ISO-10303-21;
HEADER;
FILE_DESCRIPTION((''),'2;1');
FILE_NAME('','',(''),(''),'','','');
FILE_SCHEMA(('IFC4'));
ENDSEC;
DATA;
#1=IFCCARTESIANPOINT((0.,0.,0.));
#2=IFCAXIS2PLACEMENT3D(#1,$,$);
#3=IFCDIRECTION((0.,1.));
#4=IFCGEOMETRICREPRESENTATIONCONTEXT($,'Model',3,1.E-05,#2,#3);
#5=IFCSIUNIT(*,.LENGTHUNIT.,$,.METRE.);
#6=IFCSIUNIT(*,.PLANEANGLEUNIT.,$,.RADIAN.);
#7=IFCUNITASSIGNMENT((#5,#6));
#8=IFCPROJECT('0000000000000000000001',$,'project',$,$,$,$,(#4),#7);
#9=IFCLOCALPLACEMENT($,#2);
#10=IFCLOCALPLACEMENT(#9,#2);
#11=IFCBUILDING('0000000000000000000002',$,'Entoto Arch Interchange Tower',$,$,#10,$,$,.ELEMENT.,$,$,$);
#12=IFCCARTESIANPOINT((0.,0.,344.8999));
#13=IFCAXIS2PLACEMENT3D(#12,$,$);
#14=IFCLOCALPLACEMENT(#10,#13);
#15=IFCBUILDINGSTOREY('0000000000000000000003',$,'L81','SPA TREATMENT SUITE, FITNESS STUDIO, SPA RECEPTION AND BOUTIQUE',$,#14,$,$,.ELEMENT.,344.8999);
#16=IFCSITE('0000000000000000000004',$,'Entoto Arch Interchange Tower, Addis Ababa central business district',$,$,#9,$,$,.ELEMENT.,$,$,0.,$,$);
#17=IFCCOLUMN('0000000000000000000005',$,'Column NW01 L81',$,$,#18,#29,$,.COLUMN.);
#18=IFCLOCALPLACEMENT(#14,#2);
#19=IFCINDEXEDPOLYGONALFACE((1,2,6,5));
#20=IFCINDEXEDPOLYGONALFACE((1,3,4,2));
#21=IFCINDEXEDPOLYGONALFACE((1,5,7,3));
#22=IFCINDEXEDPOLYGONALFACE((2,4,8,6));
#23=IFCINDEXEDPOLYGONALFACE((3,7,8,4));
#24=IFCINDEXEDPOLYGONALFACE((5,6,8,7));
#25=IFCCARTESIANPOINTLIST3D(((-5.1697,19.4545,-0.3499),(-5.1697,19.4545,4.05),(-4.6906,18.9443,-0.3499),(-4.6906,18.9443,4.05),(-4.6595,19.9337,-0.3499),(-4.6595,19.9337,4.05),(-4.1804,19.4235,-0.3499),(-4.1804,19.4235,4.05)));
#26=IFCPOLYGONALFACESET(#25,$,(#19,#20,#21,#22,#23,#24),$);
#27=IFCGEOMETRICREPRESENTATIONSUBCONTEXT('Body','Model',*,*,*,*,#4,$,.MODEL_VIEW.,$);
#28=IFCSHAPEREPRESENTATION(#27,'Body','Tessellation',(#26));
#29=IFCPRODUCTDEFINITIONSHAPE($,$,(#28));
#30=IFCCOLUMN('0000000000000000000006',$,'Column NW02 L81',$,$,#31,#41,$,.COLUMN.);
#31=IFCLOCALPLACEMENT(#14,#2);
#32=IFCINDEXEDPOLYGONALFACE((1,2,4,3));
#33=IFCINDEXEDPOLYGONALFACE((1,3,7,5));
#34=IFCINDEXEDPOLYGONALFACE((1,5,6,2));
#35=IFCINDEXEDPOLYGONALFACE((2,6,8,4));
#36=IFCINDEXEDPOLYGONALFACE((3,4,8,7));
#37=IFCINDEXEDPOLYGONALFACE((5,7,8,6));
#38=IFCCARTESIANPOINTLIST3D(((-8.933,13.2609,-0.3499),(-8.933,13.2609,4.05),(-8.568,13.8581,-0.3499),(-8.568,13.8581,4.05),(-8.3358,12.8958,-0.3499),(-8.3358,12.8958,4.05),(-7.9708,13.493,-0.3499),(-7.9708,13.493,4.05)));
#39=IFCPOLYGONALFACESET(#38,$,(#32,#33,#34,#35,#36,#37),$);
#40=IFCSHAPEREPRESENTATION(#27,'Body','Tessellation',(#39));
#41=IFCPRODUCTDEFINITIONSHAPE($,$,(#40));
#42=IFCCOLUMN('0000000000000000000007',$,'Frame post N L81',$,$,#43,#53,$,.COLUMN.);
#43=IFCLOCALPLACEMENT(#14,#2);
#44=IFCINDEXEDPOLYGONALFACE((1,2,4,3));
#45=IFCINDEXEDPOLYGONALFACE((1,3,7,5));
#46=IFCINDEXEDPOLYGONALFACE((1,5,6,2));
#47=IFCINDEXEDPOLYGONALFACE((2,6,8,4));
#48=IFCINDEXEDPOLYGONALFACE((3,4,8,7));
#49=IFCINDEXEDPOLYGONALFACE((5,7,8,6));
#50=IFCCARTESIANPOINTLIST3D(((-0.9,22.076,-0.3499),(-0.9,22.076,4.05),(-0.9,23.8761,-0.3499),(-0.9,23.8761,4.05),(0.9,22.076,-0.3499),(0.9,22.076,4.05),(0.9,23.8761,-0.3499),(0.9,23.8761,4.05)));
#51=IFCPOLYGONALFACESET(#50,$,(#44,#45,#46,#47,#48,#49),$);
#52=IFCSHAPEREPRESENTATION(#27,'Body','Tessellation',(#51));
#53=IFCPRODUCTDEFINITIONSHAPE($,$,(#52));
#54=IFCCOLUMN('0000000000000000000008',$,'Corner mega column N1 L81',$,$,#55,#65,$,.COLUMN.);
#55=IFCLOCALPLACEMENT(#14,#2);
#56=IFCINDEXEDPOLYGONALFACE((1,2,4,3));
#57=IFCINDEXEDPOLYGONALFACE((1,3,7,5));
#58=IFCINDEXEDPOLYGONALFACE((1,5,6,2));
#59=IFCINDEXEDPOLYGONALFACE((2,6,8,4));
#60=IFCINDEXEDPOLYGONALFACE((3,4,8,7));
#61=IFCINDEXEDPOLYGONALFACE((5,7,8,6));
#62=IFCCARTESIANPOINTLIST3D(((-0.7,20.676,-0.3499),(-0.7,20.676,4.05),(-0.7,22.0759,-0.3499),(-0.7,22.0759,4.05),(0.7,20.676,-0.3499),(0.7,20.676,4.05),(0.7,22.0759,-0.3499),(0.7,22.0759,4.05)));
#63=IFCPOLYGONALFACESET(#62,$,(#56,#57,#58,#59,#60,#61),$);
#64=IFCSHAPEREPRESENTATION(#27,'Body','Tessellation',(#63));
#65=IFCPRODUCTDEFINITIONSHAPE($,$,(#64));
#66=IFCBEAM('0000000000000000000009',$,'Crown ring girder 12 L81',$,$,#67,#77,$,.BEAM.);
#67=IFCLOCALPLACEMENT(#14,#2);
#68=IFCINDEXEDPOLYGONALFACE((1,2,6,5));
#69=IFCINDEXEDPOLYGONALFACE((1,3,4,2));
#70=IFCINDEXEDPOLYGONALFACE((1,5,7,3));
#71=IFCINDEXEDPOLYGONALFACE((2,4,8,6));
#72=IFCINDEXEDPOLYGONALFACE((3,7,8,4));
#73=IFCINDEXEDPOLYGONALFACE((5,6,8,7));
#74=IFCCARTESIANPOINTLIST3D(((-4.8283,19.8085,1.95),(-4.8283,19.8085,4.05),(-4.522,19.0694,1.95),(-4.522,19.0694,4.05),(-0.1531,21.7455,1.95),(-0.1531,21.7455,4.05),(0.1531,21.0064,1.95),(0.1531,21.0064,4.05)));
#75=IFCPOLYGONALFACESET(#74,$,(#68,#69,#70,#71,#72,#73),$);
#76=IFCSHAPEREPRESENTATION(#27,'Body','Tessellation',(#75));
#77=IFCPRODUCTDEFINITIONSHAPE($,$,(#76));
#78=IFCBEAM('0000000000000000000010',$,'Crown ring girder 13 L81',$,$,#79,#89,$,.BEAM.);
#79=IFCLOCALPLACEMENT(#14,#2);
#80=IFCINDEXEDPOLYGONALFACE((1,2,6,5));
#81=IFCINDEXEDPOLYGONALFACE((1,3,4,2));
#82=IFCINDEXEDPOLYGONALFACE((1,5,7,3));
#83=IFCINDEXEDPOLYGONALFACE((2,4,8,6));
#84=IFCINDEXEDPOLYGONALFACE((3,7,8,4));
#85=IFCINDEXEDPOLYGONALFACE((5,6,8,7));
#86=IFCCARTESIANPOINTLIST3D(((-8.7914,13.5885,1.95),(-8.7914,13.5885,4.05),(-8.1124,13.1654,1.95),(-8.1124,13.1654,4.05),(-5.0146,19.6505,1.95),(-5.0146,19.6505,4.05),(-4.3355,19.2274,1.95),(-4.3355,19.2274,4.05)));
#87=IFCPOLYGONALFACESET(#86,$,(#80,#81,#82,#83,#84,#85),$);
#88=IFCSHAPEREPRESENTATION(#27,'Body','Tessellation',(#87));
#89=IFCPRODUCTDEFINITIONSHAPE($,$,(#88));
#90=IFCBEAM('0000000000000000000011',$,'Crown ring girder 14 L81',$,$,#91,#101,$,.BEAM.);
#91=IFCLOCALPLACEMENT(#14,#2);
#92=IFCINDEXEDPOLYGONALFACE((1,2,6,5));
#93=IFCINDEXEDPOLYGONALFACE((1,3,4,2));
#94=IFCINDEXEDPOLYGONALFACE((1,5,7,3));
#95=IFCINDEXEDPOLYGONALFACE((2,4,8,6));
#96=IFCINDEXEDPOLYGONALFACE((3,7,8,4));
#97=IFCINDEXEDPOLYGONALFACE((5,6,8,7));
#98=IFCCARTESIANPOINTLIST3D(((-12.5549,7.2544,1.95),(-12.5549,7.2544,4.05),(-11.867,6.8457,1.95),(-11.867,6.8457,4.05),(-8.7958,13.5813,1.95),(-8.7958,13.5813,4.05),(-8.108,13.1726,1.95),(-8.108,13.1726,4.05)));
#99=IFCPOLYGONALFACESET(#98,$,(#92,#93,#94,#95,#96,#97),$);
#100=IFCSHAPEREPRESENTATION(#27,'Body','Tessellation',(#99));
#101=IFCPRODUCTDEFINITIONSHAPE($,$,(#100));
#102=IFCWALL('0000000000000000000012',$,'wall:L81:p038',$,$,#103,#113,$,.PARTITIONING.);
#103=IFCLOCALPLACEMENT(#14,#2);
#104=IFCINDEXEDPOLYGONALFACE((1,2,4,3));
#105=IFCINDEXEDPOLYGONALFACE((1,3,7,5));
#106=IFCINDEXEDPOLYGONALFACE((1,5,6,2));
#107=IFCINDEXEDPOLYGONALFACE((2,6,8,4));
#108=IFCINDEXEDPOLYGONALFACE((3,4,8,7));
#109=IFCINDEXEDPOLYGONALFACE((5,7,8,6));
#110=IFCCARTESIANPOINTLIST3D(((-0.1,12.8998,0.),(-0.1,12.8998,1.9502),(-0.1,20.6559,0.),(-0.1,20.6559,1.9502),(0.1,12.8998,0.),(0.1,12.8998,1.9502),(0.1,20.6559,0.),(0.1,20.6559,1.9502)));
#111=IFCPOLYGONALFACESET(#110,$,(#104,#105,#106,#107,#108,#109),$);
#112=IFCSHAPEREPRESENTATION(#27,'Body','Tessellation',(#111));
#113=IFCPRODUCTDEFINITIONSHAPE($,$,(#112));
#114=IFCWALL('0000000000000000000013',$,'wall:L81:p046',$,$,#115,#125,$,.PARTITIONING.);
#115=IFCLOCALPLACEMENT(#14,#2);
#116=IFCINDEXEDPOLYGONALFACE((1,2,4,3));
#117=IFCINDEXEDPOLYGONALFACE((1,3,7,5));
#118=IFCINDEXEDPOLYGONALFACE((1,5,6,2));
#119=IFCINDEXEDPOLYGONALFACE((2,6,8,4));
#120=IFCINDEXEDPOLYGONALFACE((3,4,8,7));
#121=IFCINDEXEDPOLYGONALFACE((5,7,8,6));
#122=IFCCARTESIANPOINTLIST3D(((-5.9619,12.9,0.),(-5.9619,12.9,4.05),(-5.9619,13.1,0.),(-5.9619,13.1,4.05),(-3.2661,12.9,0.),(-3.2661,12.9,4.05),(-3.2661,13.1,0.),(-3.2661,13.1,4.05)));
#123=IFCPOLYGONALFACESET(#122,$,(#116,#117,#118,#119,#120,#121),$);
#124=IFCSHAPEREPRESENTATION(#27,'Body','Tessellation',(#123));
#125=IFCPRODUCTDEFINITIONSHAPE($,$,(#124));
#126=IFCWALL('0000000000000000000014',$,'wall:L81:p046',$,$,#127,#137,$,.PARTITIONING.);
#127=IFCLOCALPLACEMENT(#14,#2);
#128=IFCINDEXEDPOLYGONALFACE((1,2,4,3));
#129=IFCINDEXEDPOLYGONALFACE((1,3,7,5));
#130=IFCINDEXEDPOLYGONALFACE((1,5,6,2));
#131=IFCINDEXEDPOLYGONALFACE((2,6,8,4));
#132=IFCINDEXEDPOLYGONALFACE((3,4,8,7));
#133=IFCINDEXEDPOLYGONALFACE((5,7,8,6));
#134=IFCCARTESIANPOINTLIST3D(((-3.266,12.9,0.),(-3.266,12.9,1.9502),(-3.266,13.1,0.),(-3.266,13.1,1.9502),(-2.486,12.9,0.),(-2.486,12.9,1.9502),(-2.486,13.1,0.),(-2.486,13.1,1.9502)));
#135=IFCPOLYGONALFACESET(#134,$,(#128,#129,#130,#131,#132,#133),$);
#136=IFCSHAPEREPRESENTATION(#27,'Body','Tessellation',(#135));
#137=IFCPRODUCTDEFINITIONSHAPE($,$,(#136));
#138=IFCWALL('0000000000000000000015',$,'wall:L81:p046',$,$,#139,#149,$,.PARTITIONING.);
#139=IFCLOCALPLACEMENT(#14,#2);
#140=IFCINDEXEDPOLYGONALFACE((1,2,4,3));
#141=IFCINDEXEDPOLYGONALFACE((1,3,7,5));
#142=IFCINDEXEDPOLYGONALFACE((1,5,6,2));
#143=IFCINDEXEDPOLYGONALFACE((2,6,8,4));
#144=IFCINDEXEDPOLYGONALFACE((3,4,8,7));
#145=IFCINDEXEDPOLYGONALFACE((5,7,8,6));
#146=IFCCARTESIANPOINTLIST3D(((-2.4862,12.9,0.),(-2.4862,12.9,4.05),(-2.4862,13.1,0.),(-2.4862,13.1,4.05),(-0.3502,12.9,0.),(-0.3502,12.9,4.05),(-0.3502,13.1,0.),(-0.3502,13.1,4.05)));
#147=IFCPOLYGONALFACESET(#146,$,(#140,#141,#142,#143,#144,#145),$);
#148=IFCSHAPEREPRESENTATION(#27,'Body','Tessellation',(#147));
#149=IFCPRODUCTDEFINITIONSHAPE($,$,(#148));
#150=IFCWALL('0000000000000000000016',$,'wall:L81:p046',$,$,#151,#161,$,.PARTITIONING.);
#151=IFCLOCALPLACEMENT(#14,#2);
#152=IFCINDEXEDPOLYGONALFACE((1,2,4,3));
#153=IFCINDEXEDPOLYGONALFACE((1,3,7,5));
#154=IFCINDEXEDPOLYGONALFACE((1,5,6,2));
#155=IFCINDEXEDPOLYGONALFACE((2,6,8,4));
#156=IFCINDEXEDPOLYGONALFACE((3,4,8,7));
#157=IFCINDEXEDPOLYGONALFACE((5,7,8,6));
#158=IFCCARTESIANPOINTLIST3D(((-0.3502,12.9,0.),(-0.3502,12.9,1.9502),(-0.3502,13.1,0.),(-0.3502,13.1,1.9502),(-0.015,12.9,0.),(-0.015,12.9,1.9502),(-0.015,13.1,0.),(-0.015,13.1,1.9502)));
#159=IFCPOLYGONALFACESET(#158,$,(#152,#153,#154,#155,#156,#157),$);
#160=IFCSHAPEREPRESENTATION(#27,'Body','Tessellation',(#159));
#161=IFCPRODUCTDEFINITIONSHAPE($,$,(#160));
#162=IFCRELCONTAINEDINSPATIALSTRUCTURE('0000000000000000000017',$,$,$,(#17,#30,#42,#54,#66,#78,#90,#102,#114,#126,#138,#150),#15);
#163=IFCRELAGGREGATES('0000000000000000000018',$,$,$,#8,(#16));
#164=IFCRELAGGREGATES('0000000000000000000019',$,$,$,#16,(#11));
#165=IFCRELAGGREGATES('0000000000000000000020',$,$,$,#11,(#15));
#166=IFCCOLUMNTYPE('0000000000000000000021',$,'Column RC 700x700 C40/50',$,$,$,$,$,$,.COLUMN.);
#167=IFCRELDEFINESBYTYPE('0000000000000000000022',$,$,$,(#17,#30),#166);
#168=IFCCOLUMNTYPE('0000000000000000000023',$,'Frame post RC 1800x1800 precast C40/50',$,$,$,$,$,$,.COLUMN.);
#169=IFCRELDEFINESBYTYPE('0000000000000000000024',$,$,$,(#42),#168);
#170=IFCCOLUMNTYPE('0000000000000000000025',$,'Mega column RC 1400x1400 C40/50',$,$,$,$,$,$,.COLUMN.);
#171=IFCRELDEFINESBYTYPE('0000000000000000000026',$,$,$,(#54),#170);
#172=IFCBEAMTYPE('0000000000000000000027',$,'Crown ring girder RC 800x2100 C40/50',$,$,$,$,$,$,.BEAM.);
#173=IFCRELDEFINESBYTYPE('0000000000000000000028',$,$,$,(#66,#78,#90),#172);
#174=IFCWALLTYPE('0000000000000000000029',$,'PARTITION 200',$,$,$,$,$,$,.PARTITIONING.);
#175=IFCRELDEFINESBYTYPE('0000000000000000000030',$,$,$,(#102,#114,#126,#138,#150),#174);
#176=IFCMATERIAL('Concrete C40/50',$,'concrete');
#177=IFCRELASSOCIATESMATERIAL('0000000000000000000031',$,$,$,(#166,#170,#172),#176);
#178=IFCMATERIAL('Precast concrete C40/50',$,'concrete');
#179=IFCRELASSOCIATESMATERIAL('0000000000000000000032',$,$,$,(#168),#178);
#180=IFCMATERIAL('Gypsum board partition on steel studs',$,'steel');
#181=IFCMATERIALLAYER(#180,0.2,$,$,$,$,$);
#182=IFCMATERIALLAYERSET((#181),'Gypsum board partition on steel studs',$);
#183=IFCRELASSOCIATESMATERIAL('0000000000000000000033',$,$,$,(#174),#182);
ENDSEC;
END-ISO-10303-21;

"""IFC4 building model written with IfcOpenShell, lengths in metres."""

from ifc_helpers import new_model, si_unit, direction, frame, frame_2d, origin, origin_2d, place, context, subcontext, project, spatial, rectangle, extrude, material, layer, layer_set, material_profile, profile_set, type_object, element, save


model = new_model("IFC4")

# Units and contexts
model_context = context("Model", 3, precision=1e-05, world=origin(), true_north=direction((0.0, 1.0)))
body_context = subcontext(model_context, "Body", "Model", "MODEL_VIEW")
ifc_project = project(units=[si_unit("LENGTHUNIT", "METRE"), si_unit("PLANEANGLEUNIT", "RADIAN")], contexts=[model_context])

# Site, building, storey
site_placement = place(None, origin())
site = spatial("IfcSite", under=ifc_project, at=site_placement, Name="Entoto Arch Interchange Tower, Addis Ababa central business district", CompositionType="ELEMENT", RefElevation=0.0)
building_placement = place(site_placement, origin())
building = spatial("IfcBuilding", under=site, at=building_placement, Name="Entoto Arch Interchange Tower", CompositionType="ELEMENT")
storey_placement = place(building_placement, frame((0.0, 0.0, 344.8999)))
storey = spatial("IfcBuildingStorey", under=building, at=storey_placement, Name="L81", Description="SPA TREATMENT SUITE, FITNESS STUDIO, SPA RECEPTION AND BOUTIQUE", CompositionType="ELEMENT", Elevation=344.8999)

# Columns
ifc_material_1 = material(Name="Concrete C40/50", Category="concrete")
ifc_material_profile_1 = material_profile(ifc_material_1, rectangle(XDim=0.7, YDim=0.7, at=origin_2d()))
ifc_profile_set_1 = profile_set([ifc_material_profile_1], Name="Concrete C40/50")
column_type_1 = type_object("IfcColumnType", Name="Column RC 700x700 C40/50", PredefinedType="COLUMN", material=ifc_profile_set_1)
for number, where, z_axis, x_axis, name in (
    (1, (-4.675, 19.439, -0.3499), (0.0, 0.0, 1.0), (0.728909, 0.684611, 0.0), "Column NW01 L81"),
    (2, (-8.4519, 13.377, -0.3499), (0.0, 0.0, 1.0), (0.521546, 0.853223, 0.0), "Column NW02 L81"),
):
    element("IfcColumn", number, at=place(storey_placement, frame(where, z_axis=z_axis, x_axis=x_axis)), inside=storey, type_object=column_type_1, Name=name, PredefinedType="COLUMN", context=body_context, shape_type="SweptSolid", body=[
        extrude(rectangle(XDim=0.7, YDim=0.7, at=origin_2d()), origin(), (0.0, 0.0, 1.0), 4.3999),
    ])
ifc_material_2 = material(Name="Precast concrete C40/50", Category="concrete")
ifc_material_profile_2 = material_profile(ifc_material_2, rectangle(XDim=1.8, YDim=1.8, at=origin_2d()))
ifc_profile_set_2 = profile_set([ifc_material_profile_2], Name="Precast concrete C40/50")
column_type_2 = type_object("IfcColumnType", Name="Frame post RC 1800x1800 precast C40/50", PredefinedType="COLUMN", material=ifc_profile_set_2)
column_1_placement = place(storey_placement, frame((0.0, 22.9761, -0.3499), z_axis=(0.0, 0.0, 1.0), x_axis=(0.0, 1.0, 0.0)))
element("IfcColumn", 3, at=column_1_placement, inside=storey, type_object=column_type_2, Name="Frame post N L81", PredefinedType="COLUMN", context=body_context, shape_type="SweptSolid", body=[
    extrude(rectangle(XDim=1.8, YDim=1.8, at=origin_2d()), origin(), (0.0, 0.0, 1.0), 4.3999),
])
ifc_material_profile_3 = material_profile(ifc_material_1, rectangle(XDim=1.3999, YDim=1.3999, at=origin_2d()))
ifc_profile_set_3 = profile_set([ifc_material_profile_3], Name="Concrete C40/50")
column_type_3 = type_object("IfcColumnType", Name="Mega column RC 1400x1400 C40/50", PredefinedType="COLUMN", material=ifc_profile_set_3)
column_2_placement = place(storey_placement, frame((0.0, 21.376, -0.3499), z_axis=(0.0, 0.0, 1.0), x_axis=(0.0, 1.0, 0.0)))
element("IfcColumn", 4, at=column_2_placement, inside=storey, type_object=column_type_3, Name="Corner mega column N1 L81", PredefinedType="COLUMN", context=body_context, shape_type="SweptSolid", body=[
    extrude(rectangle(XDim=1.3999, YDim=1.3999, at=origin_2d()), origin(), (0.0, 0.0, 1.0), 4.3999),
])

# Beams
ifc_material_profile_4 = material_profile(ifc_material_1, rectangle(XDim=0.8, YDim=2.1001, at=origin_2d()))
ifc_profile_set_4 = profile_set([ifc_material_profile_4], Name="Concrete C40/50")
beam_type = type_object("IfcBeamType", Name="Crown ring girder RC 800x2100 C40/50", PredefinedType="BEAM", material=ifc_profile_set_4)
beam_1_placement = place(storey_placement, frame((0.0, 21.376, 3.0), z_axis=(-0.923842, -0.382775, 0.0), x_axis=(0.382775, -0.923842, 0.0)))
element("IfcBeam", 5, at=beam_1_placement, inside=storey, type_object=beam_type, Name="Crown ring girder 12 L81", PredefinedType="BEAM", context=body_context, shape_type="SweptSolid", body=[
    extrude(rectangle(XDim=0.8, YDim=2.1001, at=origin_2d()), origin(), (0.0, 0.0, 1.0), 5.0605),
])
beam_2_placement = place(storey_placement, frame((-4.675, 19.439, 3.0), z_axis=(-0.5288, -0.848746, 0.0), x_axis=(0.848746, -0.5288, 0.0)))
element("IfcBeam", 6, at=beam_2_placement, inside=storey, type_object=beam_type, Name="Crown ring girder 13 L81", PredefinedType="BEAM", context=body_context, shape_type="SweptSolid", body=[
    extrude(rectangle(XDim=0.8, YDim=2.1001, at=origin_2d()), origin(), (0.0, 0.0, 1.0), 7.1423),
])
beam_3_placement = place(storey_placement, frame((-8.4519, 13.377, 3.0), z_axis=(-0.510783, -0.85971, 0.0), x_axis=(0.85971, -0.510783, 0.0)))
element("IfcBeam", 7, at=beam_3_placement, inside=storey, type_object=beam_type, Name="Crown ring girder 14 L81", PredefinedType="BEAM", context=body_context, shape_type="SweptSolid", body=[
    extrude(rectangle(XDim=0.8, YDim=2.1001, at=origin_2d()), origin(), (0.0, 0.0, 1.0), 7.3594),
])

# Walls
ifc_material_3 = material(Name="Gypsum board partition on steel studs", Category="steel")
ifc_layer_1 = layer(ifc_material_3, 0.2)
ifc_layer_set_1 = layer_set([ifc_layer_1], Name="Gypsum board partition on steel studs")
wall_type_1 = type_object("IfcWallType", Name="PARTITION 200", PredefinedType="PARTITIONING", material=ifc_layer_set_1)
wall_1_placement = place(storey_placement, frame((0.0, 12.8999, 0.0), z_axis=(0.0, 0.0, 1.0), x_axis=(0.0, 1.0, 0.0)))
element("IfcWall", 8, at=wall_1_placement, inside=storey, type_object=wall_type_1, Name="wall:L81:p038", PredefinedType="PARTITIONING", context=body_context, shape_type="SweptSolid", body=[
    extrude(rectangle(XDim=7.7561, YDim=0.2, at=frame_2d((3.8779, 0.0))), origin(), (0.0, 0.0, 1.0), 1.9502),
])
wall_2_placement = place(storey_placement, frame((-5.9619, 13.0, 0.0), z_axis=(0.0, 0.0, 1.0), x_axis=(1.0, 0.0, 0.0)))
element("IfcWall", 9, at=wall_2_placement, inside=storey, type_object=wall_type_1, Name="wall:L81:p046", PredefinedType="PARTITIONING", context=body_context, shape_type="SweptSolid", body=[
    extrude(rectangle(XDim=2.6958, YDim=0.2, at=frame_2d((1.3479, 0.0))), origin(), (0.0, 0.0, 1.0), 4.05),
])
wall_3_placement = place(storey_placement, frame((-3.2661, 13.0, 0.0), z_axis=(0.0, 0.0, 1.0), x_axis=(1.0, 0.0, 0.0)))
element("IfcWall", 10, at=wall_3_placement, inside=storey, type_object=wall_type_1, Name="wall:L81:p046", PredefinedType="PARTITIONING", context=body_context, shape_type="SweptSolid", body=[
    extrude(rectangle(XDim=0.78, YDim=0.2, at=frame_2d((0.3901, 0.0))), origin(), (0.0, 0.0, 1.0), 1.9502),
])
wall_4_placement = place(storey_placement, frame((-2.4861, 13.0, 0.0), z_axis=(0.0, 0.0, 1.0), x_axis=(1.0, 0.0, 0.0)))
element("IfcWall", 11, at=wall_4_placement, inside=storey, type_object=wall_type_1, Name="wall:L81:p046", PredefinedType="PARTITIONING", context=body_context, shape_type="SweptSolid", body=[
    extrude(rectangle(XDim=2.136, YDim=0.2, at=frame_2d((1.0679, 0.0))), origin(), (0.0, 0.0, 1.0), 4.05),
])
wall_5_placement = place(storey_placement, frame((-0.3501, 13.0, 0.0), z_axis=(0.0, 0.0, 1.0), x_axis=(1.0, 0.0, 0.0)))
element("IfcWall", 12, at=wall_5_placement, inside=storey, type_object=wall_type_1, Name="wall:L81:p046", PredefinedType="PARTITIONING", context=body_context, shape_type="SweptSolid", body=[
    extrude(rectangle(XDim=0.3352, YDim=0.2, at=frame_2d((0.1675, 0.0))), origin(), (0.0, 0.0, 1.0), 1.9502),
])

save(model, "model.ifc")
